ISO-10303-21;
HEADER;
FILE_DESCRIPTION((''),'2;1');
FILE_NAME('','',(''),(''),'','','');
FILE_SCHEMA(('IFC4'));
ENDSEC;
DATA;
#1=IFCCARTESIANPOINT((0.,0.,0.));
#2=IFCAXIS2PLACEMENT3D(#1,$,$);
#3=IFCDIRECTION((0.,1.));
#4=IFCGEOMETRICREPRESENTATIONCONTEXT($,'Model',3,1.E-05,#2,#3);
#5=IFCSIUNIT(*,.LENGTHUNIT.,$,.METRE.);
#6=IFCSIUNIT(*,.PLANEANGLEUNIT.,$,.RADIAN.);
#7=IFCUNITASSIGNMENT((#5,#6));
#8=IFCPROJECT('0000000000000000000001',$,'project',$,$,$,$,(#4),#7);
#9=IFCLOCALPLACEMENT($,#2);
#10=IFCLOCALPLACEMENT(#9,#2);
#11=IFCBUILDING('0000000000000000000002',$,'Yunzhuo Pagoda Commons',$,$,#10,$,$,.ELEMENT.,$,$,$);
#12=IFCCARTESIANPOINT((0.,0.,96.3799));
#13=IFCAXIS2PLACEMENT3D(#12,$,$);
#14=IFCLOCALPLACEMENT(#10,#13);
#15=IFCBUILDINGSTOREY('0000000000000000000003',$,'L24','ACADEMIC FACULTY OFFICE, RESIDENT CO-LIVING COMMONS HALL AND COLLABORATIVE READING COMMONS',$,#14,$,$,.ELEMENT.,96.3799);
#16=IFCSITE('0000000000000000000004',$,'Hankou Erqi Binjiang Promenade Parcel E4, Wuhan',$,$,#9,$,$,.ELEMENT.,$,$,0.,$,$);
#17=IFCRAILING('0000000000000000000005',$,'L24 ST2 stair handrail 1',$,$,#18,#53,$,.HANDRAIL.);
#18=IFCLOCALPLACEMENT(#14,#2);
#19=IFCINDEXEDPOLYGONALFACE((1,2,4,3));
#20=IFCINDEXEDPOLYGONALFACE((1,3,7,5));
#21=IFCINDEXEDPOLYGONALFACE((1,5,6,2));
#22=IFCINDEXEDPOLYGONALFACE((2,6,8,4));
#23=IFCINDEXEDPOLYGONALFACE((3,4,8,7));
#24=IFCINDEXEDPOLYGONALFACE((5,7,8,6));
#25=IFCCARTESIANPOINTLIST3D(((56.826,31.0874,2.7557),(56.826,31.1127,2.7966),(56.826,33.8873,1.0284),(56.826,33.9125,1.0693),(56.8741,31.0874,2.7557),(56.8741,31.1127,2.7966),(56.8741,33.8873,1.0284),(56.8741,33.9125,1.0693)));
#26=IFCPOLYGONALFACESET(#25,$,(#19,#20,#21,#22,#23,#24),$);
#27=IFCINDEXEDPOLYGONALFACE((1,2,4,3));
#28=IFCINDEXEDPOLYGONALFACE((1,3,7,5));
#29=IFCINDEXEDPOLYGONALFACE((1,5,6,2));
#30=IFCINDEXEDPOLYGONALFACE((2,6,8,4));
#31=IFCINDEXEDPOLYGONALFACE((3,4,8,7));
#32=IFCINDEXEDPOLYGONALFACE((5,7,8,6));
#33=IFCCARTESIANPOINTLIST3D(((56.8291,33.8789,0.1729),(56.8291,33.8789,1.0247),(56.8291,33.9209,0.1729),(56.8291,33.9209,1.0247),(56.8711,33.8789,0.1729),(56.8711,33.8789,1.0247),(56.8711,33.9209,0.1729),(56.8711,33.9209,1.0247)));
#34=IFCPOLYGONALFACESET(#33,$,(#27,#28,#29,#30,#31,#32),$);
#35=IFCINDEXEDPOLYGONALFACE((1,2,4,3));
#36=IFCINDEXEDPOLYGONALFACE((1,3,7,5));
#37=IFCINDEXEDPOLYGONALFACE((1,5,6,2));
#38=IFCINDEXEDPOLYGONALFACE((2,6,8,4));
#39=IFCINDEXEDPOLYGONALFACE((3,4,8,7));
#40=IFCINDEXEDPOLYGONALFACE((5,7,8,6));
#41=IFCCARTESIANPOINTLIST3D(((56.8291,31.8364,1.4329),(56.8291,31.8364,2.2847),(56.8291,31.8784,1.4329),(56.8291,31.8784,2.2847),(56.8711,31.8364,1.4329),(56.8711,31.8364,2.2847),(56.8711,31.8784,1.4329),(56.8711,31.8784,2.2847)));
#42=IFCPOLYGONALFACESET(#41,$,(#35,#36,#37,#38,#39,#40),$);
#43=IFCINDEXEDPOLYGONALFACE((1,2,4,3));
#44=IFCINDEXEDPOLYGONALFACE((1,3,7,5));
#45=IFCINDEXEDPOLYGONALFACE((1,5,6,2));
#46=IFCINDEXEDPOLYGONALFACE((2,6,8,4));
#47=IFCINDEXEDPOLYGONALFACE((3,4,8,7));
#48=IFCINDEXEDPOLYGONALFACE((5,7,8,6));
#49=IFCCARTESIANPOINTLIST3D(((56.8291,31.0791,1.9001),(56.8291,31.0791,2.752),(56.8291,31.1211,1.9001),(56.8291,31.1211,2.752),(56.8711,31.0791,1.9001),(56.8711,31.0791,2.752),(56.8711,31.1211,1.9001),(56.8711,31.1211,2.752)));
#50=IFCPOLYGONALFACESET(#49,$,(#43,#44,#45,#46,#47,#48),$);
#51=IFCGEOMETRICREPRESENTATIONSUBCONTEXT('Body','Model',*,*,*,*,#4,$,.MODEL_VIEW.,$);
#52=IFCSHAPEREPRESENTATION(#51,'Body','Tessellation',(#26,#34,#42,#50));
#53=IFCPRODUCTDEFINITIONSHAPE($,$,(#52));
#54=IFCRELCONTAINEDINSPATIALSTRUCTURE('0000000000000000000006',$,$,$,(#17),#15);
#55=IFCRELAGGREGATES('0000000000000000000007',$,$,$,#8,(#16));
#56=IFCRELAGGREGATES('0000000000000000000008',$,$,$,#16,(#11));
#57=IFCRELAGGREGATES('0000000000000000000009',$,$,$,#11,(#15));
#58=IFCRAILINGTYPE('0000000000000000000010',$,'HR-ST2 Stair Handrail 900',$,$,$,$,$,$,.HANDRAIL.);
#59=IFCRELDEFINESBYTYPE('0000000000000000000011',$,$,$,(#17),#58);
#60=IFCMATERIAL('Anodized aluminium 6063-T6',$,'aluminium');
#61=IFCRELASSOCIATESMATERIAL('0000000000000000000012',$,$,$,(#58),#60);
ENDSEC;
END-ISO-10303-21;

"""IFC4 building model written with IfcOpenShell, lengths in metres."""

from ifc_helpers import new_model, si_unit, direction, frame, origin, origin_2d, place, context, subcontext, project, spatial, rectangle, extrude, material, type_object, element, save


model = new_model("IFC4")

# Units and contexts
model_context = context("Model", 3, precision=1e-05, world=origin(), true_north=direction((0.0, 1.0)))
body_context = subcontext(model_context, "Body", "Model", "MODEL_VIEW")
ifc_project = project(units=[si_unit("LENGTHUNIT", "METRE"), si_unit("PLANEANGLEUNIT", "RADIAN")], contexts=[model_context])

# Site, building, storey
site_placement = place(None, origin())
site = spatial("IfcSite", under=ifc_project, at=site_placement, Name="Hankou Erqi Binjiang Promenade Parcel E4, Wuhan", CompositionType="ELEMENT", RefElevation=0.0)
building_placement = place(site_placement, origin())
building = spatial("IfcBuilding", under=site, at=building_placement, Name="Yunzhuo Pagoda Commons", CompositionType="ELEMENT")
storey_placement = place(building_placement, frame((0.0, 0.0, 96.3799)))
storey = spatial("IfcBuildingStorey", under=building, at=storey_placement, Name="L24", Description="ACADEMIC FACULTY OFFICE, RESIDENT CO-LIVING COMMONS HALL AND COLLABORATIVE READING COMMONS", CompositionType="ELEMENT", Elevation=96.3799)

# Railing
ifc_material_1 = material(Name="Anodized aluminium 6063-T6", Category="aluminium")
railing_type_1 = type_object("IfcRailingType", Name="HR-ST2 Stair Handrail 900", PredefinedType="HANDRAIL", material=ifc_material_1)
railing_1_placement = place(storey_placement, frame((56.8501, 33.8999, 0.1729)))
element("IfcRailing", 1, at=railing_1_placement, inside=storey, type_object=railing_type_1, Name="L24 ST2 stair handrail 1", PredefinedType="HANDRAIL", context=body_context, shape_type="SweptSolid", body=[
    extrude(rectangle(XDim=0.0481, YDim=0.0481, at=origin_2d()), frame((0.0, 0.0, 0.876), z_axis=(0.0, -0.851069, 0.525054), x_axis=(1.0, 0.0, 0.0)), (0.0, 0.0, 1.0), 3.2898),
    extrude(rectangle(XDim=0.042, YDim=0.042, at=origin_2d()), origin(), (0.0, 0.0, 1.0), 0.8518),
    extrude(rectangle(XDim=0.042, YDim=0.042, at=origin_2d()), frame((0.0, -2.0425, 1.26)), (0.0, 0.0, 1.0), 0.8518),
    extrude(rectangle(XDim=0.042, YDim=0.042, at=origin_2d()), frame((0.0, -2.7998, 1.7273)), (0.0, 0.0, 1.0), 0.8518),
])

save(model, "model.ifc")
